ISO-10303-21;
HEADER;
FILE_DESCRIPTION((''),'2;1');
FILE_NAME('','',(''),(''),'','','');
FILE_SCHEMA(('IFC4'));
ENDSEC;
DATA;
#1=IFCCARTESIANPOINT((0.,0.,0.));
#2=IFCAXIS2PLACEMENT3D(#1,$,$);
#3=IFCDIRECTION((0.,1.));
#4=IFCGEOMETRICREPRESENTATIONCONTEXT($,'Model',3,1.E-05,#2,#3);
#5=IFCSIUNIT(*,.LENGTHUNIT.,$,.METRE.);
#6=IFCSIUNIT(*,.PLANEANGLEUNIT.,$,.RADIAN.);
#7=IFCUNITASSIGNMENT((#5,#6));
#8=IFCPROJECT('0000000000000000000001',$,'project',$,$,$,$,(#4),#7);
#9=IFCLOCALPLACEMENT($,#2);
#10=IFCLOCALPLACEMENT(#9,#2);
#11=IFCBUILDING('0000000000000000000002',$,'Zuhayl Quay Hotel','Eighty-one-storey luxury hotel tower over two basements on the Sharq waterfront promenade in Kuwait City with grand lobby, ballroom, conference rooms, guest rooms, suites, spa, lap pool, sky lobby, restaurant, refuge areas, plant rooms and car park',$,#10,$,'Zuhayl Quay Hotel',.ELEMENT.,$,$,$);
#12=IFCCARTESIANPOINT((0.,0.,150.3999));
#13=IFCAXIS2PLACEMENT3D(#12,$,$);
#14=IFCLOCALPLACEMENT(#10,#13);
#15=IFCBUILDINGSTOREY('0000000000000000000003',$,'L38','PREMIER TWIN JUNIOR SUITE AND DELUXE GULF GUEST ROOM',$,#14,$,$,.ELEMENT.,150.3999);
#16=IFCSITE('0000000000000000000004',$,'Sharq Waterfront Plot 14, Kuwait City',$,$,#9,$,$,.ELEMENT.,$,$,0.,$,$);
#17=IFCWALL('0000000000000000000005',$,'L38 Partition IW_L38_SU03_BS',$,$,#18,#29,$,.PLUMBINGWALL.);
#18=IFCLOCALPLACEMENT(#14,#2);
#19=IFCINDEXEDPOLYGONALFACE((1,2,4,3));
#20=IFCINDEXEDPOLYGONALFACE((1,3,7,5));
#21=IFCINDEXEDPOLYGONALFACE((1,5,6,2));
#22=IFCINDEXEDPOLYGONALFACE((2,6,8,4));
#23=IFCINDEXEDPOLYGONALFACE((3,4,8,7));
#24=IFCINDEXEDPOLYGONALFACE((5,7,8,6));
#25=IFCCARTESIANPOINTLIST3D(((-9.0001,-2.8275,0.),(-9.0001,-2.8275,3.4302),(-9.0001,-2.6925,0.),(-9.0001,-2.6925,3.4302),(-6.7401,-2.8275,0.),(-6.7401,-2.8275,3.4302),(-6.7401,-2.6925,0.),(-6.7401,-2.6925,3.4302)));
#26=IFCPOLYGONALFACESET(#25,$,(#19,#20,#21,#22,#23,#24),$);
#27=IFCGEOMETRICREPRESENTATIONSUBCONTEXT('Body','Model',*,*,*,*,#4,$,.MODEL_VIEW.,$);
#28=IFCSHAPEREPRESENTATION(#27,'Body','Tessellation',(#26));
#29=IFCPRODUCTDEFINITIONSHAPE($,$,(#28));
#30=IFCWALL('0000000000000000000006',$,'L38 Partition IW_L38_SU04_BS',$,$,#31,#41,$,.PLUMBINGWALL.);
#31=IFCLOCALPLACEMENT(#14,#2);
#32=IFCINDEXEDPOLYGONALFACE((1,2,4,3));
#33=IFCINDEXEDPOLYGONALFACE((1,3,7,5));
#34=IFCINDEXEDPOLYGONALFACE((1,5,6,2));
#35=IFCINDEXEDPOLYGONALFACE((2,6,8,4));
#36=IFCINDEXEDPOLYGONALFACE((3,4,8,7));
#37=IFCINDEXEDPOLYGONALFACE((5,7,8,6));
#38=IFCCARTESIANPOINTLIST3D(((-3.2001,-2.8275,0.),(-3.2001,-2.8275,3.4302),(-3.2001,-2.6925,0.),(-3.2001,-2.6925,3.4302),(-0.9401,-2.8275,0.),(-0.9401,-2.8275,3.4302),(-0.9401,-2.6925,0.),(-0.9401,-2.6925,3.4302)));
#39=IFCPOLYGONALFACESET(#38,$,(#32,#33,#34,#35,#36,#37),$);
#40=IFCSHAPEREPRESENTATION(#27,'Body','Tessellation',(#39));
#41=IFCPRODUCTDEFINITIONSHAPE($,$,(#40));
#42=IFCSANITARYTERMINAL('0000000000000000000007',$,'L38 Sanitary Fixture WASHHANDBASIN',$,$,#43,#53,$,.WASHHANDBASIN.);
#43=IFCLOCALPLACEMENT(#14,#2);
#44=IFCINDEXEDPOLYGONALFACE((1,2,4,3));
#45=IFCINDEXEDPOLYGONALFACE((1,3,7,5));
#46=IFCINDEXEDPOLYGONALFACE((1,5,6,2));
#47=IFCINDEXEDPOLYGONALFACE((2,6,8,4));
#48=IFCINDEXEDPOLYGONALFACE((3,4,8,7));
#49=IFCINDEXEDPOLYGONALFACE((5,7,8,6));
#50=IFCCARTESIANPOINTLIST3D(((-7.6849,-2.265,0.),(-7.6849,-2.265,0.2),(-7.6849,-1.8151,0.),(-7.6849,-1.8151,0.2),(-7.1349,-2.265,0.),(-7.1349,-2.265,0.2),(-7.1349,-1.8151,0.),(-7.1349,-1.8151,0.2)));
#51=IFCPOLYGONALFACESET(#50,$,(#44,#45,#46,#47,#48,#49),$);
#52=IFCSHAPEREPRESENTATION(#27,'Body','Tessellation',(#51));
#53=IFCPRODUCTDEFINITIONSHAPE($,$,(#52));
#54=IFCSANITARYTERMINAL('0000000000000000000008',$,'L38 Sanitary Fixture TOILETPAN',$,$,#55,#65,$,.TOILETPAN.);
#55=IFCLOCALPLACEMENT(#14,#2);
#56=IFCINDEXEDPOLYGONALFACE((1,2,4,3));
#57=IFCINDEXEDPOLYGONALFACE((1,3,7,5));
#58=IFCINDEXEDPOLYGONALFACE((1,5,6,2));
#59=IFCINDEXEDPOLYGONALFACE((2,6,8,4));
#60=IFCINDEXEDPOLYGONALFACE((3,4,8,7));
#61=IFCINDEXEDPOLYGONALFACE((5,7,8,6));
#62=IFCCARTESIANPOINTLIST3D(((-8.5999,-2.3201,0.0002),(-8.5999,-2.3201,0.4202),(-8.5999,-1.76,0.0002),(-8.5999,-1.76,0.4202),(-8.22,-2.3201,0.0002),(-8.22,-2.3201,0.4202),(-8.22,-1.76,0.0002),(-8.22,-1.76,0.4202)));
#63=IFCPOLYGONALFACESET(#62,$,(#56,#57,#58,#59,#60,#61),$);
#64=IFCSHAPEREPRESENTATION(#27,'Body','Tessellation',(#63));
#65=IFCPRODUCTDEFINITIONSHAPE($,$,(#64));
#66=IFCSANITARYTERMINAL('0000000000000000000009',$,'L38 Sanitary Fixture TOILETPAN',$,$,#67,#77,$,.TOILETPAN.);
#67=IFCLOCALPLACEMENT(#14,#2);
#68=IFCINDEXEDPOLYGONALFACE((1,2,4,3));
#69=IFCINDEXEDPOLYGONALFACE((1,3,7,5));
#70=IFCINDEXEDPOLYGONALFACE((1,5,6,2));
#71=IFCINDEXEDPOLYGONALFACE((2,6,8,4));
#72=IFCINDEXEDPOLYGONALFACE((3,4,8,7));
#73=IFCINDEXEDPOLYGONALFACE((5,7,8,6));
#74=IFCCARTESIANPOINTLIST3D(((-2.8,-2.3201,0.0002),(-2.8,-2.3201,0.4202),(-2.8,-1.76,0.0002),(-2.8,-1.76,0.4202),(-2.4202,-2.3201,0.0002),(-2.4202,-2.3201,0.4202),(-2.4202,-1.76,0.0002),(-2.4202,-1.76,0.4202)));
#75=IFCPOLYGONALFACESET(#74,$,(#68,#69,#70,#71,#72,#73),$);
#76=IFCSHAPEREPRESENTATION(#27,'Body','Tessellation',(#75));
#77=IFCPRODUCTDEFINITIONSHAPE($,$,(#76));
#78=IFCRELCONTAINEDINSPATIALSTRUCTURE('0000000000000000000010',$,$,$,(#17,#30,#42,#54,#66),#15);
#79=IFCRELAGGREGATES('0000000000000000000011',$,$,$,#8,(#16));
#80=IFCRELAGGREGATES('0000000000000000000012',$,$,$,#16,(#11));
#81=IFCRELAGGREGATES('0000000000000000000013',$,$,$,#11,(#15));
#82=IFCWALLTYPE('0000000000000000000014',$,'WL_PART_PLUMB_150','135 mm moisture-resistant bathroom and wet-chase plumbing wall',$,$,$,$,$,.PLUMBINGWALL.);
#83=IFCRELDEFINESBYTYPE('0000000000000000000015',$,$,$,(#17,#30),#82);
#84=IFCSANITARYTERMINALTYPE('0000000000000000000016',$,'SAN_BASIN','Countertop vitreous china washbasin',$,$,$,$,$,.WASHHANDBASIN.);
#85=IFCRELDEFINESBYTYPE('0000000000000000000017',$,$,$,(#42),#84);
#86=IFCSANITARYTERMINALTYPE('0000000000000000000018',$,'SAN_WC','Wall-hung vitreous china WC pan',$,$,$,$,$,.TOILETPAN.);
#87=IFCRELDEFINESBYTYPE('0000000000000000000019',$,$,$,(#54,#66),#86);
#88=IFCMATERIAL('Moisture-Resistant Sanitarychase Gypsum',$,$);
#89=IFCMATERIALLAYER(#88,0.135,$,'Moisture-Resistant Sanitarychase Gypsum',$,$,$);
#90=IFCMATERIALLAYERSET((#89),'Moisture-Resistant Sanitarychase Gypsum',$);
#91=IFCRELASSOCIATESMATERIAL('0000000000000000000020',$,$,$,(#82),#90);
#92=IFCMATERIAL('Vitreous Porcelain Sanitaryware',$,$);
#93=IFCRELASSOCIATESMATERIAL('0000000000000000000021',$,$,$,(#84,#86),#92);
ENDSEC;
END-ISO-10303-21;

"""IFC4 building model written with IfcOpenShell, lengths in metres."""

from ifc_helpers import new_model, si_unit, direction, frame, frame_2d, origin, origin_2d, place, context, subcontext, project, spatial, rectangle, extrude, material, layer, layer_set, type_object, element, save


model = new_model("IFC4")

# Units and contexts
model_context = context("Model", 3, precision=1e-05, world=origin(), true_north=direction((0.0, 1.0)))
body_context = subcontext(model_context, "Body", "Model", "MODEL_VIEW")
ifc_project = project(units=[si_unit("LENGTHUNIT", "METRE"), si_unit("PLANEANGLEUNIT", "RADIAN")], contexts=[model_context])

# Site, building, storey
site_placement = place(None, origin())
site = spatial("IfcSite", under=ifc_project, at=site_placement, Name="Sharq Waterfront Plot 14, Kuwait City", CompositionType="ELEMENT", RefElevation=0.0)
building_placement = place(site_placement, origin())
building = spatial("IfcBuilding", under=site, at=building_placement, Name="Zuhayl Quay Hotel", Description="Eighty-one-storey luxury hotel tower over two basements on the Sharq waterfront promenade in Kuwait City with grand lobby, ballroom, conference rooms, guest rooms, suites, spa, lap pool, sky lobby, restaurant, refuge areas, plant rooms and car park", LongName="Zuhayl Quay Hotel", CompositionType="ELEMENT")
storey_placement = place(building_placement, frame((0.0, 0.0, 150.3999)))
storey = spatial("IfcBuildingStorey", under=building, at=storey_placement, Name="L38", Description="PREMIER TWIN JUNIOR SUITE AND DELUXE GULF GUEST ROOM", CompositionType="ELEMENT", Elevation=150.3999)

# Shared definitions
ifc_material_1 = material(Name="Moisture-Resistant Sanitarychase Gypsum")
ifc_layer_1 = layer(ifc_material_1, 0.135, Name="Moisture-Resistant Sanitarychase Gypsum")
ifc_layer_set_1 = layer_set([ifc_layer_1], Name="Moisture-Resistant Sanitarychase Gypsum")
wall_type_1 = type_object("IfcWallType", Name="WL_PART_PLUMB_150", Description="135 mm moisture-resistant bathroom and wet-chase plumbing wall", PredefinedType="PLUMBINGWALL", material=ifc_layer_set_1)

# Walls
for number, where, z_axis, x_axis, name in (
    (1, (-9.0, -2.76, 0.0), (0.0, 0.0, 1.0), (1.0, 0.0, 0.0), "L38 Partition IW_L38_SU03_BS"),
    (2, (-3.2, -2.76, 0.0), (0.0, 0.0, 1.0), (1.0, 0.0, 0.0), "L38 Partition IW_L38_SU04_BS"),
):
    element("IfcWall", number, at=place(storey_placement, frame(where, z_axis=z_axis, x_axis=x_axis)), inside=storey, type_object=wall_type_1, Name=name, PredefinedType="PLUMBINGWALL", context=body_context, shape_type="SweptSolid", body=[
        extrude(rectangle(XDim=2.26, YDim=0.135, at=frame_2d((1.1299, 0.0))), origin(), (0.0, 0.0, 1.0), 3.4302),
    ])

# Sanitary terminals
ifc_material_2 = material(Name="Vitreous Porcelain Sanitaryware")
sanitary_terminal_type_1 = type_object("IfcSanitaryTerminalType", Name="SAN_BASIN", Description="Countertop vitreous china washbasin", PredefinedType="WASHHANDBASIN", material=ifc_material_2)
sanitary_terminal_placement = place(storey_placement, frame((-7.4099, -2.04, 0.0), z_axis=(0.0, 0.0, 1.0), x_axis=(1.0, 0.0, 0.0)))
element("IfcSanitaryTerminal", 3, at=sanitary_terminal_placement, inside=storey, type_object=sanitary_terminal_type_1, Name="L38 Sanitary Fixture WASHHANDBASIN", PredefinedType="WASHHANDBASIN", context=body_context, shape_type="SweptSolid", body=[
    extrude(rectangle(XDim=0.55, YDim=0.45, at=origin_2d()), origin(), (0.0, 0.0, 1.0), 0.2),
])
sanitary_terminal_type_2 = type_object("IfcSanitaryTerminalType", Name="SAN_WC", Description="Wall-hung vitreous china WC pan", PredefinedType="TOILETPAN", material=ifc_material_2)
for number, where, z_axis, x_axis, name in (
    (4, (-8.4099, -2.04, 0.0002), (0.0, 0.0, 1.0), (1.0, 0.0, 0.0), "L38 Sanitary Fixture TOILETPAN"),
    (5, (-2.6101, -2.04, 0.0002), (0.0, 0.0, 1.0), (1.0, 0.0, 0.0), "L38 Sanitary Fixture TOILETPAN"),
):
    element("IfcSanitaryTerminal", number, at=place(storey_placement, frame(where, z_axis=z_axis, x_axis=x_axis)), inside=storey, type_object=sanitary_terminal_type_2, Name=name, PredefinedType="TOILETPAN", context=body_context, shape_type="SweptSolid", body=[
        extrude(rectangle(XDim=0.3799, YDim=0.5601, at=origin_2d()), origin(), (0.0, 0.0, 1.0), 0.4199),
    ])

save(model, "model.ifc")
